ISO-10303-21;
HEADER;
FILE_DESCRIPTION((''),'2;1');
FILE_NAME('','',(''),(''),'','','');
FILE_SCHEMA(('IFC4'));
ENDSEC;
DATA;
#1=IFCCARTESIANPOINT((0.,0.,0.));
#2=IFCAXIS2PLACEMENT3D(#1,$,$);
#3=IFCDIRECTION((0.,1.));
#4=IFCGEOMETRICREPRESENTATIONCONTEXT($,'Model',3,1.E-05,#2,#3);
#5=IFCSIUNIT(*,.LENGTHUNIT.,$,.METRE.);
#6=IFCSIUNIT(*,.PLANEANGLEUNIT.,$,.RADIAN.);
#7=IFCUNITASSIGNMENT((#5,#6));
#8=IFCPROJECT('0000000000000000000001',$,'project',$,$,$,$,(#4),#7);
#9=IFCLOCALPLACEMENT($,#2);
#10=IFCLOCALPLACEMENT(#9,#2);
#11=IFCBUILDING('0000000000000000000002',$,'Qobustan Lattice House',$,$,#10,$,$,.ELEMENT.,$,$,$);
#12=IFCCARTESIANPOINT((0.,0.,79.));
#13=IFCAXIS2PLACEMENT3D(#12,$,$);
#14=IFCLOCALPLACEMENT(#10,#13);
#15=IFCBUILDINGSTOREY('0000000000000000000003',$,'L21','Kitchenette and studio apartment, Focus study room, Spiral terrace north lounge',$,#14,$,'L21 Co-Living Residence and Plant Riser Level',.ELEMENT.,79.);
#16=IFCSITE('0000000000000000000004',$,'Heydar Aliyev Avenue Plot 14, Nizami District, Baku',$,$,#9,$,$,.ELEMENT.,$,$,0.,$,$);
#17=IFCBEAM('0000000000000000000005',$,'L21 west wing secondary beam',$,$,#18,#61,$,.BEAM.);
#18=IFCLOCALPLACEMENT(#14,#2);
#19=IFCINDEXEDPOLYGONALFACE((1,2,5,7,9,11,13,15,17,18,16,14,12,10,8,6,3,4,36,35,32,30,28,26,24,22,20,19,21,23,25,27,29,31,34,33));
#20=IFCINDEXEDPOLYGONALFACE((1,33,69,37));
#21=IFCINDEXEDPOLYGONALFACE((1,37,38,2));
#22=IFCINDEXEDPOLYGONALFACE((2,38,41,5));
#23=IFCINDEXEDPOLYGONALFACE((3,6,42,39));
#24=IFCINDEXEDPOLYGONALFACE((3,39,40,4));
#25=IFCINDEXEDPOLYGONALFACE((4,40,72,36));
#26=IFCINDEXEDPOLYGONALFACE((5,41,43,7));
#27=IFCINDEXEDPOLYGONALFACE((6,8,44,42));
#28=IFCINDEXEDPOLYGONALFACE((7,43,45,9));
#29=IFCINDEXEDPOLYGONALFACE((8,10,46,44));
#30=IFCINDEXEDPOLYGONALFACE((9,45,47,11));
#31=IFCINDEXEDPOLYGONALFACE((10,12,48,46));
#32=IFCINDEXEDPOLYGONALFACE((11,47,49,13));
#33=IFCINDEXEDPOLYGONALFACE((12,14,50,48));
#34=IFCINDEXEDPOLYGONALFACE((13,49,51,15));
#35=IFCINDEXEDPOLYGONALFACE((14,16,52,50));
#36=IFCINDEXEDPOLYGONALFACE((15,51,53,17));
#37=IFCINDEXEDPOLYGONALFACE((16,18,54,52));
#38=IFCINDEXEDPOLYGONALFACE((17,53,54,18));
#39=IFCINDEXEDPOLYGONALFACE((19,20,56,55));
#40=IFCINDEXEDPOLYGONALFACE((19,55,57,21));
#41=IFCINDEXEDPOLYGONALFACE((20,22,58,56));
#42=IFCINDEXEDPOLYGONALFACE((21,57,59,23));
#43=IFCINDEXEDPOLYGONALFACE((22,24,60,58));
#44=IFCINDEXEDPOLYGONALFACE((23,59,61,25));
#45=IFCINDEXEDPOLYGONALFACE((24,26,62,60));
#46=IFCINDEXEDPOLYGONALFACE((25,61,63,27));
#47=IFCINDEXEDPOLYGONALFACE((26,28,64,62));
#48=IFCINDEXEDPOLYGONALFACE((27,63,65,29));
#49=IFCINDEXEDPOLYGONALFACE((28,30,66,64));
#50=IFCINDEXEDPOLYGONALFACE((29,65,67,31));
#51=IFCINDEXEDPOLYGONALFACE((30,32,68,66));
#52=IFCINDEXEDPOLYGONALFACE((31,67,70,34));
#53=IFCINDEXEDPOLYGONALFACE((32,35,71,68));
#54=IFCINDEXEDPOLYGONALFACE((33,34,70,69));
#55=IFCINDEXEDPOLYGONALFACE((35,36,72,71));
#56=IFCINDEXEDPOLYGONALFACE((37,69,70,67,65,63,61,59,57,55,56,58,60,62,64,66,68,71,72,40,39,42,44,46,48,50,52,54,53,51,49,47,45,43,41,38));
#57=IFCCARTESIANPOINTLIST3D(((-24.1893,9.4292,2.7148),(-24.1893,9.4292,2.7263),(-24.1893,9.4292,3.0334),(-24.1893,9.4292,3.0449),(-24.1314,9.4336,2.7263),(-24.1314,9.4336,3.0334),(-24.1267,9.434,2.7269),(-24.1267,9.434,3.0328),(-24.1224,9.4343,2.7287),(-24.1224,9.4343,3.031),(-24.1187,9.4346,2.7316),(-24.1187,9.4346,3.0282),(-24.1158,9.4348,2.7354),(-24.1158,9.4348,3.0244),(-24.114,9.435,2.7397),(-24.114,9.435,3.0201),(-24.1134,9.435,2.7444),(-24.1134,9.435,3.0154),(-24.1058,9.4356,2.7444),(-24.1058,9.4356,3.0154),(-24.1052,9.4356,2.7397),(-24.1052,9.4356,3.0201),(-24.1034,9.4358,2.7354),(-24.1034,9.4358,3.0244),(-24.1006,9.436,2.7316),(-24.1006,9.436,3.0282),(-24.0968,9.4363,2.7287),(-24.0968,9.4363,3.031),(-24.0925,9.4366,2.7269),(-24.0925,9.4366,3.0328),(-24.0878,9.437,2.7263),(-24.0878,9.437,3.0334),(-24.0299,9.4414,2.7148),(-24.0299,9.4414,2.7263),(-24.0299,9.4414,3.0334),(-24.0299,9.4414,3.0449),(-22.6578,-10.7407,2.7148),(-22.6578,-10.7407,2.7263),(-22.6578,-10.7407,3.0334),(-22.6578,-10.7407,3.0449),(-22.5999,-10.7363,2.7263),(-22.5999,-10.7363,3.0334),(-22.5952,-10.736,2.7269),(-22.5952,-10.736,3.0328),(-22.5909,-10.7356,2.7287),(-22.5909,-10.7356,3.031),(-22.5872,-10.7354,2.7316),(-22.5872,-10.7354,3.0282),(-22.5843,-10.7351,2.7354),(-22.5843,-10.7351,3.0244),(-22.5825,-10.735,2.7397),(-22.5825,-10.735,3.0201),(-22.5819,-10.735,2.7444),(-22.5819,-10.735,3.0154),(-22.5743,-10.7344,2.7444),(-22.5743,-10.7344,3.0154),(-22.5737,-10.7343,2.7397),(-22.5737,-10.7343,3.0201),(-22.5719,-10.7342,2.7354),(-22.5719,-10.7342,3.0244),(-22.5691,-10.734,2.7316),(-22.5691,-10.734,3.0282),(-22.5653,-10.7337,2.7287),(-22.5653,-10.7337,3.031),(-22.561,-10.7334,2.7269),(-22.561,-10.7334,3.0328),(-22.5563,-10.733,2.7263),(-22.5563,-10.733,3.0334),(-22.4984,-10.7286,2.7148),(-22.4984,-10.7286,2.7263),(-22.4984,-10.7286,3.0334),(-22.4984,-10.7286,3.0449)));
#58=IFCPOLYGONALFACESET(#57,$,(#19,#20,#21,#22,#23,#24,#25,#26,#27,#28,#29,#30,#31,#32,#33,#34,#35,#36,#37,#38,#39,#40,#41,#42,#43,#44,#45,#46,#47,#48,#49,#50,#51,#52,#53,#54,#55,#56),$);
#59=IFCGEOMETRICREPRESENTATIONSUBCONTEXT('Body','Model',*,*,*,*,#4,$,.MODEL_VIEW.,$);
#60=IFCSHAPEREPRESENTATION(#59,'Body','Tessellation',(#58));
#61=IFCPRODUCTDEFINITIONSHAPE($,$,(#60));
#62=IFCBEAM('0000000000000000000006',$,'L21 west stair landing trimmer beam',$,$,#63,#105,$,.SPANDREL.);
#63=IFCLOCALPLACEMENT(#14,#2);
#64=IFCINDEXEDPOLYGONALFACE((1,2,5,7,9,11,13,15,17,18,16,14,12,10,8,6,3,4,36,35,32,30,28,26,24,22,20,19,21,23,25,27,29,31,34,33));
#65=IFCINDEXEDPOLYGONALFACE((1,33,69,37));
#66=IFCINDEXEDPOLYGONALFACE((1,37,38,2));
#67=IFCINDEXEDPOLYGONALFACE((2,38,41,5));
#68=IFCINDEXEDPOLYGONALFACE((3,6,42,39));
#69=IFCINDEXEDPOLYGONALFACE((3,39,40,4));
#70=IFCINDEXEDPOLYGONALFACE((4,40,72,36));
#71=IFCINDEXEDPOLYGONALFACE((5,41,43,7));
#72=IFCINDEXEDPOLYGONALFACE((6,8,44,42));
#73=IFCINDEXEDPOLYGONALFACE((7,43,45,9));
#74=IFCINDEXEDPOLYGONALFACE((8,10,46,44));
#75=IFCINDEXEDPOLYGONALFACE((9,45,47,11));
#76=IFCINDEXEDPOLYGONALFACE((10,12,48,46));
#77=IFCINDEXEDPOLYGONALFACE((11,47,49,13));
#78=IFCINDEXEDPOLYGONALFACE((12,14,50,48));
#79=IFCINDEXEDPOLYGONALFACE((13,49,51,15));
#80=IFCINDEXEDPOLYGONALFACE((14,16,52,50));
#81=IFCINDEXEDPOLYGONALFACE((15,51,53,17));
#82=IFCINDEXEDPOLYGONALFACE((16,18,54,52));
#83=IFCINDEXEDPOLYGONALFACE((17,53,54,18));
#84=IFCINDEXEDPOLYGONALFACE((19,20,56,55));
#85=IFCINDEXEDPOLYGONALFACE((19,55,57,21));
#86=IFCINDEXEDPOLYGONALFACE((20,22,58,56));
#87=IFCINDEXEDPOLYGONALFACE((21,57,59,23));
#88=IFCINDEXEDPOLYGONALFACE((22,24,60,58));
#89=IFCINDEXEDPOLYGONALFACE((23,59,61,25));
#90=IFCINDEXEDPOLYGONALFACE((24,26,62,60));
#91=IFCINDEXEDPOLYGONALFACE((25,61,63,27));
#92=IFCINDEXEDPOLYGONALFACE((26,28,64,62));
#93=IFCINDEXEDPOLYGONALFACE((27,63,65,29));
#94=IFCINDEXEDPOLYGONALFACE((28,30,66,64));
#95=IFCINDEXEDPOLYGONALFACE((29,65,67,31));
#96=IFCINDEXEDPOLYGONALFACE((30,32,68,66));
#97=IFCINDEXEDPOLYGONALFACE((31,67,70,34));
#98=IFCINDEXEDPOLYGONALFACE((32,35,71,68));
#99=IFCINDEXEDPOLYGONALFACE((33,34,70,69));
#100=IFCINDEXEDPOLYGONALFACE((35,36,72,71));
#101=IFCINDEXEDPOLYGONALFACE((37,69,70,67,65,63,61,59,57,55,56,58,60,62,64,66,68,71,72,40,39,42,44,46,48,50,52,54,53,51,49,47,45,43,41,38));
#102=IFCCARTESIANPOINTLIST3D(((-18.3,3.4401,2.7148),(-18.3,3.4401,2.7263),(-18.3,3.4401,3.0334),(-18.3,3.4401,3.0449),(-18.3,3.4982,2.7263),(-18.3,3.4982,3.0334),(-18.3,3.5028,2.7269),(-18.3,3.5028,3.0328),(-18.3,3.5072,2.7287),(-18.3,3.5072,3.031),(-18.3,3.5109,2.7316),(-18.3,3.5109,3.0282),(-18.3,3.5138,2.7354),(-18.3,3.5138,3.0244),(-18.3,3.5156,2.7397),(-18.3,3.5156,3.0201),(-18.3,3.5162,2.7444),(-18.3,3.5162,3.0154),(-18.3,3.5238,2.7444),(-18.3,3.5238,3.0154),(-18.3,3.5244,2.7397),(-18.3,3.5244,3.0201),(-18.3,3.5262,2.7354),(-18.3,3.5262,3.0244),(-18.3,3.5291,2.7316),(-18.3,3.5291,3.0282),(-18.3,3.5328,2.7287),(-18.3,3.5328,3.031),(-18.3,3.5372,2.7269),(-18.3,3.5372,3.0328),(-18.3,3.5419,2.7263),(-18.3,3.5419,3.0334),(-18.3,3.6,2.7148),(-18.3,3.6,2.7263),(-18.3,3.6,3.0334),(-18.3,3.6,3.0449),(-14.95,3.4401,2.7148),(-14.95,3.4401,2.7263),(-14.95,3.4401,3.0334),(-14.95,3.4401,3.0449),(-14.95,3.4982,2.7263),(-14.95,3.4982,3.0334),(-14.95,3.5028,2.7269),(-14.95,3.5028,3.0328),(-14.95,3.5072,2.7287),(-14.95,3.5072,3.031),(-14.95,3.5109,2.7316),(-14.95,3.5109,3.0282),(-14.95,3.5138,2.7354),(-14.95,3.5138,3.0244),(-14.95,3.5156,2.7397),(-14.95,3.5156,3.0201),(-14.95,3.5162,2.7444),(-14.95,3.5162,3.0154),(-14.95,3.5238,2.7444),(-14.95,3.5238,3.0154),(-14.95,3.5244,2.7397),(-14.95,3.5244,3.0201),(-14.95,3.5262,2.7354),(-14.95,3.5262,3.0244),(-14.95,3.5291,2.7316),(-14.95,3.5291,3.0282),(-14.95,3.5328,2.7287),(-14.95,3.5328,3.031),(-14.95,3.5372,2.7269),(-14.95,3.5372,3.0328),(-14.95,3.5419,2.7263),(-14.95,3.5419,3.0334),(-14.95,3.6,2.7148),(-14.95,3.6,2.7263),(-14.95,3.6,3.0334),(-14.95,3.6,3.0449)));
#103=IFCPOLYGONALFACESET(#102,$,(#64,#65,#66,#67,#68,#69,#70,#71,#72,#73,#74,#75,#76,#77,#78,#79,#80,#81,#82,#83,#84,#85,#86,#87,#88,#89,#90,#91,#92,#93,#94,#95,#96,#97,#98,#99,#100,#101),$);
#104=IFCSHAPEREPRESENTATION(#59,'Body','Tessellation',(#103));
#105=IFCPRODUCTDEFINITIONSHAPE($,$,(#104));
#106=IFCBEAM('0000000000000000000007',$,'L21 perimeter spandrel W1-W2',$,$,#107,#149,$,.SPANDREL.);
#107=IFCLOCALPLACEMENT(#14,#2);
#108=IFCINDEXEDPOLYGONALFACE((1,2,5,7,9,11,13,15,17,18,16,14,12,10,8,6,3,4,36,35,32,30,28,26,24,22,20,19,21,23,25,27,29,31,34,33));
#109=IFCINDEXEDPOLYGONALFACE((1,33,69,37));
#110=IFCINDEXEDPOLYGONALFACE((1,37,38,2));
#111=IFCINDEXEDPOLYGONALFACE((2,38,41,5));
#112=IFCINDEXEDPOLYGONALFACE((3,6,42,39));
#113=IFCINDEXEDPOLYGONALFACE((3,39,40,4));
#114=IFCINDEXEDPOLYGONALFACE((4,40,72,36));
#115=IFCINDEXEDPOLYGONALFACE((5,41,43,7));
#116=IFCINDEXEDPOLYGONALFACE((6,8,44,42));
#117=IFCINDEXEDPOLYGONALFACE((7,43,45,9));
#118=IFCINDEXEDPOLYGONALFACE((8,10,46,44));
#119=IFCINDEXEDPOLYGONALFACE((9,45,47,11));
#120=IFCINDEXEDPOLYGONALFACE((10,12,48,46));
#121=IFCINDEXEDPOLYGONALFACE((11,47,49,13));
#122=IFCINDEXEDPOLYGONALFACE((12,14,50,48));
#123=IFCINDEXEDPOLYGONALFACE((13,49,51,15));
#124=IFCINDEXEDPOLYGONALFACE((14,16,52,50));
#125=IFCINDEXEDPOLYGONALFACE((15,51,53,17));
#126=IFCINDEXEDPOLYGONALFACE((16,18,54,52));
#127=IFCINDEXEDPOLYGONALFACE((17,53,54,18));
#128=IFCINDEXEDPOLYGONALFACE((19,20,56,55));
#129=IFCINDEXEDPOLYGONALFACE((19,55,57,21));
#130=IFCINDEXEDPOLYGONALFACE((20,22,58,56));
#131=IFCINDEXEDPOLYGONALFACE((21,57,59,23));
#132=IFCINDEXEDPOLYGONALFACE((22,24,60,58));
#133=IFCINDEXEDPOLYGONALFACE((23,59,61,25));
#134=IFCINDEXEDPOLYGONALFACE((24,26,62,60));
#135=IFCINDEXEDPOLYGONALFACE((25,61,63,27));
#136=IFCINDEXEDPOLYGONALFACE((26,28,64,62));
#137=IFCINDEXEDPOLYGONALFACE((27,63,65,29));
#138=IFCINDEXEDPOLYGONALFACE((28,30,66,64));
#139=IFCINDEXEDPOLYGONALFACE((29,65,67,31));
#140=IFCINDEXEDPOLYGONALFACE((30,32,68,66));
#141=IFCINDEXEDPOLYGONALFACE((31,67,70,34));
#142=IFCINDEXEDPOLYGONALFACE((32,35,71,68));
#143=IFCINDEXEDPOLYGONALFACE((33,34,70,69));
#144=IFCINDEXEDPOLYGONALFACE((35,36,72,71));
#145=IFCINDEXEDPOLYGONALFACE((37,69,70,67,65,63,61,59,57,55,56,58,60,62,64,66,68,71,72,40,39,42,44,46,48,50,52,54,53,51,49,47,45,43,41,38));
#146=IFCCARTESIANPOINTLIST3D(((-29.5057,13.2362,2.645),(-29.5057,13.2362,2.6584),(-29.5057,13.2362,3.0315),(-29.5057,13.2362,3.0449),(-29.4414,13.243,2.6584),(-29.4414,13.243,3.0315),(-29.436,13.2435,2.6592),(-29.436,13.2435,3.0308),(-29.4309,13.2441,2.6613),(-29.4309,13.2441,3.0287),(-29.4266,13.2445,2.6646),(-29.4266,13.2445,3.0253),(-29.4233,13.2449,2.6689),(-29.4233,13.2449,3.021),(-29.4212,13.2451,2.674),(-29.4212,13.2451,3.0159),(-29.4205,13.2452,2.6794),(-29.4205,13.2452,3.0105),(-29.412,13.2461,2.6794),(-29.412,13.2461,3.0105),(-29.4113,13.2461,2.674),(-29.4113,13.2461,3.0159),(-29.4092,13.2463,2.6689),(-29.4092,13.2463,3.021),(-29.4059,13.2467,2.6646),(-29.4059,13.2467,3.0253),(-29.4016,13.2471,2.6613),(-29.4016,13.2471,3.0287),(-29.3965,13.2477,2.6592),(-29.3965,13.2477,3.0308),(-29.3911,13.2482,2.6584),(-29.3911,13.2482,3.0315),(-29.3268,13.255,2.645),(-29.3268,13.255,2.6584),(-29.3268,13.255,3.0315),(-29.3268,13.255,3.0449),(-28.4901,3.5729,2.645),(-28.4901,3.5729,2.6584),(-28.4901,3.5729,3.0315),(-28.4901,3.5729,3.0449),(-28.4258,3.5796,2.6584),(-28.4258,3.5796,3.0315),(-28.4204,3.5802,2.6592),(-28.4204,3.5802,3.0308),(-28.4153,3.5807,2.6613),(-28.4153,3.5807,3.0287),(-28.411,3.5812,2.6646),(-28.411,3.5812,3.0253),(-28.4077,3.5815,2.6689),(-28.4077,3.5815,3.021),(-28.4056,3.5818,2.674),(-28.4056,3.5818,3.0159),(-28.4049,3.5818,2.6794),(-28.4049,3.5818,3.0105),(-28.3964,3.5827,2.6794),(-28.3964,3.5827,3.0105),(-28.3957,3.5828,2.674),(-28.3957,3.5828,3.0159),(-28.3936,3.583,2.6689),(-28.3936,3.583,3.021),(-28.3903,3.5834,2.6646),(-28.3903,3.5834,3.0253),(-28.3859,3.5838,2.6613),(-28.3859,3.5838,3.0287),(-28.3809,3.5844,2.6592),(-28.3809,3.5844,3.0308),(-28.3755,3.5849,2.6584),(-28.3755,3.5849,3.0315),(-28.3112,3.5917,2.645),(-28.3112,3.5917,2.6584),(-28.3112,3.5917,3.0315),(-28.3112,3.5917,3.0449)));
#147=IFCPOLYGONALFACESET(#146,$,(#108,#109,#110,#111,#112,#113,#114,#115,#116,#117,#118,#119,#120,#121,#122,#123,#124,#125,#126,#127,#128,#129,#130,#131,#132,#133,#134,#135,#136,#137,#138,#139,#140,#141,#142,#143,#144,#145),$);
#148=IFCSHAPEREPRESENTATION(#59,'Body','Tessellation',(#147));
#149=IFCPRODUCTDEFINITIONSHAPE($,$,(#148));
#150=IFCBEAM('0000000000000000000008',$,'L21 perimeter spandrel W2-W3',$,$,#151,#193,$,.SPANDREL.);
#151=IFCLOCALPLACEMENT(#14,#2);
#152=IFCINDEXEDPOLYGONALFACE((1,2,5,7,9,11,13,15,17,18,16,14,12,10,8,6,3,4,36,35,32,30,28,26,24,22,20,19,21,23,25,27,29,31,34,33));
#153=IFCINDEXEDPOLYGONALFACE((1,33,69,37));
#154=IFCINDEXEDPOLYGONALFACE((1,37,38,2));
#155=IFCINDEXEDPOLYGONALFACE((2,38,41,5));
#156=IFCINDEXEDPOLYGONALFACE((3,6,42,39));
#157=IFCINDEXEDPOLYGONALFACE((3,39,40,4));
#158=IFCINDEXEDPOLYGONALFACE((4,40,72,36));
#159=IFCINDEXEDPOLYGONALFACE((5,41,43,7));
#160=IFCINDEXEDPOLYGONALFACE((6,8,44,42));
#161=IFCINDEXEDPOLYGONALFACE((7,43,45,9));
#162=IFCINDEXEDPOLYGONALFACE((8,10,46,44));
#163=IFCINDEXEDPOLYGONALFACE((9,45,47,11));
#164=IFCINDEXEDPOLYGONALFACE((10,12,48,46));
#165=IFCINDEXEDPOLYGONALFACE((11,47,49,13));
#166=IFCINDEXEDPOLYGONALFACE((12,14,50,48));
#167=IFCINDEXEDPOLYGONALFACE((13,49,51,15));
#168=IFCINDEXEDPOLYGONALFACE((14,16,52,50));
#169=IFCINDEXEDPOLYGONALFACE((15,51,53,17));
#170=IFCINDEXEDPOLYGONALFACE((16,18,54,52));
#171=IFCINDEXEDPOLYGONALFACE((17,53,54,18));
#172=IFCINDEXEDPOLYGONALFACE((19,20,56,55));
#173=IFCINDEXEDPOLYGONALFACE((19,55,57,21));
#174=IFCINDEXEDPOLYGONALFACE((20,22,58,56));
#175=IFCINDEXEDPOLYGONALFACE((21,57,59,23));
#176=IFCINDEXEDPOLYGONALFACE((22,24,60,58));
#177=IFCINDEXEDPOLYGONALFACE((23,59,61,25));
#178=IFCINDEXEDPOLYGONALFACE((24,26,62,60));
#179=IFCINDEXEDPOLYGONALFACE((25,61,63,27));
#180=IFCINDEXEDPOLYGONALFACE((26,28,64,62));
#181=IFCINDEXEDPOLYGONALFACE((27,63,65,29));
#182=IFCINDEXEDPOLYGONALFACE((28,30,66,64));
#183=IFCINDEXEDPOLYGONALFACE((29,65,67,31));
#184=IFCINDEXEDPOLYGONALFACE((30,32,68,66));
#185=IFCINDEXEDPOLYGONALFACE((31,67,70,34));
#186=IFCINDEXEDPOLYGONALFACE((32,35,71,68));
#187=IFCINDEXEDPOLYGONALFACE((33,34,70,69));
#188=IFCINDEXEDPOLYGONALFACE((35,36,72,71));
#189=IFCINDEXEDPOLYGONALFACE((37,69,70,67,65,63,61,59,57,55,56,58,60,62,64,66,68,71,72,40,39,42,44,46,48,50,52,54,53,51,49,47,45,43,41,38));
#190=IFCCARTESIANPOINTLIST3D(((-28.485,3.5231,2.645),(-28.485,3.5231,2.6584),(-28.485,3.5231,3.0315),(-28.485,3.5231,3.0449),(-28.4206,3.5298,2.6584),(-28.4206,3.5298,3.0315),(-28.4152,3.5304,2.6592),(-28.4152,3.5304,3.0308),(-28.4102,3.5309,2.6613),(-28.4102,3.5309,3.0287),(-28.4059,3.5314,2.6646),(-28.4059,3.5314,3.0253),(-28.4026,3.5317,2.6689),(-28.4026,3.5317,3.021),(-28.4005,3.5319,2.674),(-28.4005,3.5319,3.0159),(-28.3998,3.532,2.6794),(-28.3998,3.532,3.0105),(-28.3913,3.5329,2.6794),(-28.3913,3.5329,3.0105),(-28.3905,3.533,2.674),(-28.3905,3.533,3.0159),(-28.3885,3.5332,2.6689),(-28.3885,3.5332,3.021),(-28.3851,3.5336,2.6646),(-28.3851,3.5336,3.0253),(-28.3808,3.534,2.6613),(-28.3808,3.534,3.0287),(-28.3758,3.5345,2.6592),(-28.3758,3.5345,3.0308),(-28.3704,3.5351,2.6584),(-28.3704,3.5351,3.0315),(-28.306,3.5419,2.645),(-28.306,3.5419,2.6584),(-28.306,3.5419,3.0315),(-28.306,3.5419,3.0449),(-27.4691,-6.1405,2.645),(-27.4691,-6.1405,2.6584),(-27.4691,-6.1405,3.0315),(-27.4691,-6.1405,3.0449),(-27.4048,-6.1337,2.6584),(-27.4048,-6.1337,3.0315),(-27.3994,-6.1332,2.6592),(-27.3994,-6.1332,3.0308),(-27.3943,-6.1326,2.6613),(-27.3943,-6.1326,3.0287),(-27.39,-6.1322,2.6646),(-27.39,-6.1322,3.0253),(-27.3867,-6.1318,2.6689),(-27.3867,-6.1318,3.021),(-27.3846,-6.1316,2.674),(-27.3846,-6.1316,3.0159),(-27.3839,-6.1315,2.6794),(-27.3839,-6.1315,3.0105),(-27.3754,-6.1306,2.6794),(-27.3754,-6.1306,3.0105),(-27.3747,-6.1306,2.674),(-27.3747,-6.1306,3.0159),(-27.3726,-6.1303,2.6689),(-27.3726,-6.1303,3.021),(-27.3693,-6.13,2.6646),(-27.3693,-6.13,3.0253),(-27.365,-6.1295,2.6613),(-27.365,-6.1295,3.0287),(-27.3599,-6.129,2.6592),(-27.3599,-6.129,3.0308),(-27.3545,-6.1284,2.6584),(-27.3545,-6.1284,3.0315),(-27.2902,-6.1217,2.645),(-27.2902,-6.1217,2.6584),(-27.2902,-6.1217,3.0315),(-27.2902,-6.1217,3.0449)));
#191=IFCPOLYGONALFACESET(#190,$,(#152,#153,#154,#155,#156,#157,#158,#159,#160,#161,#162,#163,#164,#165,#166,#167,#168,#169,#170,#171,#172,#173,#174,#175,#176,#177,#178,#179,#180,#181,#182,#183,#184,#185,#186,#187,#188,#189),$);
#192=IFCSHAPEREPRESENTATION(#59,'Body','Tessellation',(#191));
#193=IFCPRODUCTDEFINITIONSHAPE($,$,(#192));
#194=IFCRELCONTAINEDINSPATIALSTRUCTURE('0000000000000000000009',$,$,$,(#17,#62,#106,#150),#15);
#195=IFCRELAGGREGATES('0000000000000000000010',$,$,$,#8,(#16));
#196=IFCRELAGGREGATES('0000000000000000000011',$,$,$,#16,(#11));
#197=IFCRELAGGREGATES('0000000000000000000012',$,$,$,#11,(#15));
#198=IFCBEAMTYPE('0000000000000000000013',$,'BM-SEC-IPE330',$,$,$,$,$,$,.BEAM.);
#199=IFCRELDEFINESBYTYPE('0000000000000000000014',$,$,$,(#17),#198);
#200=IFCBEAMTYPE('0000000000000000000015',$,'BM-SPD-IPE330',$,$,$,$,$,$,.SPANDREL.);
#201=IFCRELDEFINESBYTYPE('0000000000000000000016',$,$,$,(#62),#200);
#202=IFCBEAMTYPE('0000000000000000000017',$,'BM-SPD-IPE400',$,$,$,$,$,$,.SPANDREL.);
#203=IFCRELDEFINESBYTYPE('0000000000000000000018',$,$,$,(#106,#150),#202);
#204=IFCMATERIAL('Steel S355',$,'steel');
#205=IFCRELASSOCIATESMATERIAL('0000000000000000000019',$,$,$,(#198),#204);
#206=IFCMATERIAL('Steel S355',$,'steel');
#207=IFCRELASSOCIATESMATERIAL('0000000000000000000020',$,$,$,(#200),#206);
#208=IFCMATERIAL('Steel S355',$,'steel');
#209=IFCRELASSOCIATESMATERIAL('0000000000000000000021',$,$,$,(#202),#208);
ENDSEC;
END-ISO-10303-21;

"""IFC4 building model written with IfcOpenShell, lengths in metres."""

from ifc_helpers import new_model, si_unit, direction, frame, origin, origin_2d, place, context, subcontext, project, spatial, i_section, extrude, material, material_profile, profile_set, type_object, element, save


model = new_model("IFC4")

# Units and contexts
model_context = context("Model", 3, precision=1e-05, world=origin(), true_north=direction((0.0, 1.0)))
body_context = subcontext(model_context, "Body", "Model", "MODEL_VIEW")
ifc_project = project(units=[si_unit("LENGTHUNIT", "METRE"), si_unit("PLANEANGLEUNIT", "RADIAN")], contexts=[model_context])

# Site, building, storey
site_placement = place(None, origin())
site = spatial("IfcSite", under=ifc_project, at=site_placement, Name="Heydar Aliyev Avenue Plot 14, Nizami District, Baku", CompositionType="ELEMENT", RefElevation=0.0)
building_placement = place(site_placement, origin())
building = spatial("IfcBuilding", under=site, at=building_placement, Name="Qobustan Lattice House", CompositionType="ELEMENT")
storey_placement = place(building_placement, frame((0.0, 0.0, 79.0)))
storey = spatial("IfcBuildingStorey", under=building, at=storey_placement, Name="L21", Description="Kitchenette and studio apartment, Focus study room, Spiral terrace north lounge", LongName="L21 Co-Living Residence and Plant Riser Level", CompositionType="ELEMENT", Elevation=79.0)

# Beams
ifc_material_1 = material(Name="Steel S355", Category="steel")
ifc_material_profile_1 = material_profile(ifc_material_1, i_section(OverallWidth=0.1599, OverallDepth=0.3301, WebThickness=0.0076, FlangeThickness=0.0115, FilletRadius=0.0181, at=origin_2d()), Name="IPE330")
ifc_profile_set_1 = profile_set([ifc_material_profile_1], Name="Steel S355")
beam_type_1 = type_object("IfcBeamType", Name="BM-SEC-IPE330", PredefinedType="BEAM", material=ifc_profile_set_1)
beam_1_placement = place(storey_placement, frame((-24.1096, 9.4353, 2.8799), z_axis=(0.075712, -0.99713, 0.0), x_axis=(0.99713, 0.075712, 0.0)))
element("IfcBeam", 1, at=beam_1_placement, inside=storey, type_object=beam_type_1, Name="L21 west wing secondary beam", PredefinedType="BEAM", context=body_context, shape_type="SweptSolid", body=[
    extrude(i_section(OverallWidth=0.1599, OverallDepth=0.3301, WebThickness=0.0076, FlangeThickness=0.0115, FilletRadius=0.0181, at=origin_2d()), origin(), (0.0, 0.0, 1.0), 20.228),
])
ifc_material_2 = material(Name="Steel S355", Category="steel")
ifc_material_profile_2 = material_profile(ifc_material_2, i_section(OverallWidth=0.1599, OverallDepth=0.3301, WebThickness=0.0076, FlangeThickness=0.0115, FilletRadius=0.0181, at=origin_2d()), Name="IPE330")
ifc_profile_set_2 = profile_set([ifc_material_profile_2], Name="Steel S355")
beam_type_2 = type_object("IfcBeamType", Name="BM-SPD-IPE330", PredefinedType="SPANDREL", material=ifc_profile_set_2)
beam_2_placement = place(storey_placement, frame((-18.3, 3.52, 2.8799), z_axis=(1.0, 0.0, 0.0), x_axis=(0.0, 1.0, 0.0)))
element("IfcBeam", 2, at=beam_2_placement, inside=storey, type_object=beam_type_2, Name="L21 west stair landing trimmer beam", PredefinedType="SPANDREL", context=body_context, shape_type="SweptSolid", body=[
    extrude(i_section(OverallWidth=0.1599, OverallDepth=0.3301, WebThickness=0.0076, FlangeThickness=0.0115, FilletRadius=0.0181, at=origin_2d()), origin(), (0.0, 0.0, 1.0), 3.3501),
])
ifc_material_3 = material(Name="Steel S355", Category="steel")
ifc_material_profile_3 = material_profile(ifc_material_3, i_section(OverallWidth=0.1799, OverallDepth=0.3999, WebThickness=0.0085, FlangeThickness=0.0134, FilletRadius=0.021, at=origin_2d()), Name="IPE400")
ifc_profile_set_3 = profile_set([ifc_material_profile_3], Name="Steel S355")
beam_type_3 = type_object("IfcBeamType", Name="BM-SPD-IPE400", PredefinedType="SPANDREL", material=ifc_profile_set_3)
beam_3_placement = place(storey_placement, frame((-29.4163, 13.2456, 2.845), z_axis=(0.104525, -0.994522, 0.0), x_axis=(0.994522, 0.104525, 0.0)))
element("IfcBeam", 3, at=beam_3_placement, inside=storey, type_object=beam_type_3, Name="L21 perimeter spandrel W1-W2", PredefinedType="SPANDREL", context=body_context, shape_type="SweptSolid", body=[
    extrude(i_section(OverallWidth=0.1799, OverallDepth=0.3999, WebThickness=0.0085, FlangeThickness=0.0134, FilletRadius=0.021, at=origin_2d()), origin(), (0.0, 0.0, 1.0), 9.7166),
])
beam_4_placement = place(storey_placement, frame((-28.3955, 3.5325, 2.845), z_axis=(0.104547, -0.99452, 0.0), x_axis=(0.99452, 0.104547, 0.0)))
element("IfcBeam", 4, at=beam_4_placement, inside=storey, type_object=beam_type_3, Name="L21 perimeter spandrel W2-W3", PredefinedType="SPANDREL", context=body_context, shape_type="SweptSolid", body=[
    extrude(i_section(OverallWidth=0.1799, OverallDepth=0.3999, WebThickness=0.0085, FlangeThickness=0.0134, FilletRadius=0.021, at=origin_2d()), origin(), (0.0, 0.0, 1.0), 9.7168),
])

save(model, "model.ifc")
